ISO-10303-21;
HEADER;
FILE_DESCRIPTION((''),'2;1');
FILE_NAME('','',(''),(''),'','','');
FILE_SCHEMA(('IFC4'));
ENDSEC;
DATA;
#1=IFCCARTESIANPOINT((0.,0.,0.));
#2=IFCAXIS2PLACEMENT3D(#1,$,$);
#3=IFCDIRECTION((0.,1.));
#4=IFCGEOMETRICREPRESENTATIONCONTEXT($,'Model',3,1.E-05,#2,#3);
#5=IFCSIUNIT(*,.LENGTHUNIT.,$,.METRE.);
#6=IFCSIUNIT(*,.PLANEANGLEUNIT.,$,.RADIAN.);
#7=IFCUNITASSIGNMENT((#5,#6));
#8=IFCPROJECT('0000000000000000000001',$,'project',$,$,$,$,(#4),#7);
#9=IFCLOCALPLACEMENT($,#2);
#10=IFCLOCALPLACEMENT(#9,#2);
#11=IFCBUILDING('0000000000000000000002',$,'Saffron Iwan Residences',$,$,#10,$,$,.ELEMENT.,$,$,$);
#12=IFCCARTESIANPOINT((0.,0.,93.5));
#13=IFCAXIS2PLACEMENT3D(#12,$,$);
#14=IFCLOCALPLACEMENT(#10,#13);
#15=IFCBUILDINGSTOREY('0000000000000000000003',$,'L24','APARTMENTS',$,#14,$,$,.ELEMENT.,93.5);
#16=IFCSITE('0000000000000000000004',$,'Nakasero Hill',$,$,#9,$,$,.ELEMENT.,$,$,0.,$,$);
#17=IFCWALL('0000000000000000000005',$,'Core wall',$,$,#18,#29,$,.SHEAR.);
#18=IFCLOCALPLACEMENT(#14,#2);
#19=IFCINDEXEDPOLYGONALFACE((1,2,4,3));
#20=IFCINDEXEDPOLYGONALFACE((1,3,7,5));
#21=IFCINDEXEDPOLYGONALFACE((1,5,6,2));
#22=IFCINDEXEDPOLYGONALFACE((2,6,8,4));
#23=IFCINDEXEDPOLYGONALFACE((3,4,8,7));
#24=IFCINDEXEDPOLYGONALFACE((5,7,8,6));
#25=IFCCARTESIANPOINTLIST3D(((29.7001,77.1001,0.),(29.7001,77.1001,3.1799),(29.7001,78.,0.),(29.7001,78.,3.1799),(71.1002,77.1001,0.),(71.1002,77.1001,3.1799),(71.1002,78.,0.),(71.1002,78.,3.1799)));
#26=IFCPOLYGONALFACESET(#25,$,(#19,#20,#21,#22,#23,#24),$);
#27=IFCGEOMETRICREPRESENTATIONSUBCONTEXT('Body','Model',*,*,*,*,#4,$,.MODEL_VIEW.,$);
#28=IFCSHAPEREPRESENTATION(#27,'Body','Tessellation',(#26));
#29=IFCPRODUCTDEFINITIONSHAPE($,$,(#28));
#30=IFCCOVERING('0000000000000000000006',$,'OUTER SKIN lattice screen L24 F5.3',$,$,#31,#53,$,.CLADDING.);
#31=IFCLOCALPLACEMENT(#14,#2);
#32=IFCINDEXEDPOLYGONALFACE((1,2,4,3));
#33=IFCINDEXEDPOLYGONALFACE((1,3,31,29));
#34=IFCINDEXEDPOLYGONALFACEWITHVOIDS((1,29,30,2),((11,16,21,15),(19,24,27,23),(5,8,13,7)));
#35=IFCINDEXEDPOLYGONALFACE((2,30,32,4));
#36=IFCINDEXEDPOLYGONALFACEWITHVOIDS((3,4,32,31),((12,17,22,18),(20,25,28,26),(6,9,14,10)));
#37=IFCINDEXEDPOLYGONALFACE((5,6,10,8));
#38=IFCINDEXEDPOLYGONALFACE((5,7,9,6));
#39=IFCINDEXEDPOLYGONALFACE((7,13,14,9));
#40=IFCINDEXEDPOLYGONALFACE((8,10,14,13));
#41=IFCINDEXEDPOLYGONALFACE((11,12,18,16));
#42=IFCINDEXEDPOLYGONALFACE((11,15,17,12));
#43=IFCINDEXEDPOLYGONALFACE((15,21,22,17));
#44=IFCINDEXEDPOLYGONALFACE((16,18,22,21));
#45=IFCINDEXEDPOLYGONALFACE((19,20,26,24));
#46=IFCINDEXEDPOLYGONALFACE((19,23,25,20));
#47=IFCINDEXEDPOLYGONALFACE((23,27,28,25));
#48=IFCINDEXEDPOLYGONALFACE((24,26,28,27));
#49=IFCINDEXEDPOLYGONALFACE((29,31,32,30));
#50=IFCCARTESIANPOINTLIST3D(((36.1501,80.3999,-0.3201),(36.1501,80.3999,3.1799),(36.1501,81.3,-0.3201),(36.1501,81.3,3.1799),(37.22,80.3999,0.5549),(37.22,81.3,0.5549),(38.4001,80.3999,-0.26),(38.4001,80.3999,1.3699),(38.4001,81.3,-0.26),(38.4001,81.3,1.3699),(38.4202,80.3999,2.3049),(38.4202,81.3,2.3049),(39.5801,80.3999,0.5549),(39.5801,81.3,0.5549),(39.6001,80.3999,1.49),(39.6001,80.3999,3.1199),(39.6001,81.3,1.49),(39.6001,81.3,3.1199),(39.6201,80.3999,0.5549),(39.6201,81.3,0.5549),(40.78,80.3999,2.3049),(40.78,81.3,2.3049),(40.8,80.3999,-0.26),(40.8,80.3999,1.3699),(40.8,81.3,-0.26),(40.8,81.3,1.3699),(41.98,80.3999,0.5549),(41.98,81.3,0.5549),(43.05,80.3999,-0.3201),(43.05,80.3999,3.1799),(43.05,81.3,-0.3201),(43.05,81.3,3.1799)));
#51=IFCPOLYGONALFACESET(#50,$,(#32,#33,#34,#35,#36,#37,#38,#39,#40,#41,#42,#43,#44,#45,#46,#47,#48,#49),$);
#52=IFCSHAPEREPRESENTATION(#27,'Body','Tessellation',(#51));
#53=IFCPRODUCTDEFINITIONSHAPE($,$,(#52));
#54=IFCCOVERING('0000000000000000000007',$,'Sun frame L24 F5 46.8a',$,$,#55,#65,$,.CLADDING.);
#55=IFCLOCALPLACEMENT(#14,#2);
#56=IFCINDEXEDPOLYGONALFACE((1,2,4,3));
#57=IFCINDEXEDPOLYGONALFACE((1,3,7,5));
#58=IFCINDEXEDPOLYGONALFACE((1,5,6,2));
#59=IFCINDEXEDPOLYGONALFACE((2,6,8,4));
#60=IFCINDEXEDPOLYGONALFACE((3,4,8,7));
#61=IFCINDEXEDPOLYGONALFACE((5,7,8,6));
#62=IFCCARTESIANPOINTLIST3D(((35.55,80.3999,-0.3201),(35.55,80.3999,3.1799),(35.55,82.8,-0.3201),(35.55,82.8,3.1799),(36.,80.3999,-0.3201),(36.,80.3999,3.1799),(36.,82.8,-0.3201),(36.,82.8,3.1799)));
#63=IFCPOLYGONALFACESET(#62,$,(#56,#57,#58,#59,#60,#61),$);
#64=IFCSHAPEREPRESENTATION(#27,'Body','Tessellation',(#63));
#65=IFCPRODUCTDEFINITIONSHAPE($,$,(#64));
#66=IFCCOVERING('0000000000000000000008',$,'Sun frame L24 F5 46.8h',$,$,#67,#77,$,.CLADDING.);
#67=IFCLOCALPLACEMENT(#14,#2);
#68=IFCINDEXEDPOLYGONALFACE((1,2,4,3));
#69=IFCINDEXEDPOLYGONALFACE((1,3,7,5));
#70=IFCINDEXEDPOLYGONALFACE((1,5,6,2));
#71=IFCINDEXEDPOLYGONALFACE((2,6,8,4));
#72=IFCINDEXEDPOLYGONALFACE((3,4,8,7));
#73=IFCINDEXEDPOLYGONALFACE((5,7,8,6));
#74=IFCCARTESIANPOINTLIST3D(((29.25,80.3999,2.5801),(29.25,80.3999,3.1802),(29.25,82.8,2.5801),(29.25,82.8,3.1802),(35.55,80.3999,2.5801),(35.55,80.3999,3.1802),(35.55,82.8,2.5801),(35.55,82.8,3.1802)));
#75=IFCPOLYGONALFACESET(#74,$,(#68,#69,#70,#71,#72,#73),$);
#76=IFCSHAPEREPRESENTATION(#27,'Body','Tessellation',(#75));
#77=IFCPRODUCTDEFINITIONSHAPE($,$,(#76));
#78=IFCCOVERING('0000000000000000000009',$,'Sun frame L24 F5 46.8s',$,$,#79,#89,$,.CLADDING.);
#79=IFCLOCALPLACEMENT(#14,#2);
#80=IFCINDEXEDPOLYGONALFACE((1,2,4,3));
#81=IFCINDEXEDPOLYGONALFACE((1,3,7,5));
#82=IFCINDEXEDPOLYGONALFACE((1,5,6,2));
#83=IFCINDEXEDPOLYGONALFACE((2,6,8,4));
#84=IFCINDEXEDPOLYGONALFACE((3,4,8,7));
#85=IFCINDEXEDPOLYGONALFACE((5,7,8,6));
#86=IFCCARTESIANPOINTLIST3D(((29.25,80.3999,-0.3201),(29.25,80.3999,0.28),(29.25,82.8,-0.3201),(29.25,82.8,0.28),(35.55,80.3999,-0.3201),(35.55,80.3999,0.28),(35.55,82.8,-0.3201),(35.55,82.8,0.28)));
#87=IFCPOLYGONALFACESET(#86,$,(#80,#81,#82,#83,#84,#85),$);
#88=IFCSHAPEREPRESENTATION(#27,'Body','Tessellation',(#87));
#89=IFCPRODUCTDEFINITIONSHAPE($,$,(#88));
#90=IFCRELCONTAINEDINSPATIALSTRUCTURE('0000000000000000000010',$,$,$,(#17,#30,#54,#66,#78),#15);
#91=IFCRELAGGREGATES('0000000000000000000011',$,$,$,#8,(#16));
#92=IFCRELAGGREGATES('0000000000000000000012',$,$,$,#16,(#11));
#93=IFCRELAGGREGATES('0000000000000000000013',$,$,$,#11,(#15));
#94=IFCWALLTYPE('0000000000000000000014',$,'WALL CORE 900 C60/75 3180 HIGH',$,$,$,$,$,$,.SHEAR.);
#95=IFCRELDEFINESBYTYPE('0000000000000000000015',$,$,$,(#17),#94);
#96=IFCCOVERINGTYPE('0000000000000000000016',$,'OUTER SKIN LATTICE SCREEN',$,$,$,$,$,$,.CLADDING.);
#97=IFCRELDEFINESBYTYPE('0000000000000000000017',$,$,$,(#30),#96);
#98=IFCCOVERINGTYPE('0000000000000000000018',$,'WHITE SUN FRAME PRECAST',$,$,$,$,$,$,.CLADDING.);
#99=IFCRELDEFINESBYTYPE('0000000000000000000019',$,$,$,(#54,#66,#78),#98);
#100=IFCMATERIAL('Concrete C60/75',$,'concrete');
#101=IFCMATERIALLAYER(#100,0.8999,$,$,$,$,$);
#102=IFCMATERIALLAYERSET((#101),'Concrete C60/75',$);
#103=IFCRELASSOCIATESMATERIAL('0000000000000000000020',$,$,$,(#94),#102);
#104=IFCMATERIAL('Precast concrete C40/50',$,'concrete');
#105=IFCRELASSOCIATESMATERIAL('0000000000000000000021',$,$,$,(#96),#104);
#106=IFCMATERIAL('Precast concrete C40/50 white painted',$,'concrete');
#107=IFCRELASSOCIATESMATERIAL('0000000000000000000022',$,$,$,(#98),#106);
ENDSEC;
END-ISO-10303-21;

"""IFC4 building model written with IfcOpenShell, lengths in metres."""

from ifc_helpers import new_model, si_unit, direction, frame, frame_2d, origin, place, context, subcontext, project, spatial, polyline, rectangle, outline, extrude, material, layer, layer_set, type_object, element, save


model = new_model("IFC4")

# Units and contexts
model_context = context("Model", 3, precision=1e-05, world=origin(), true_north=direction((0.0, 1.0)))
body_context = subcontext(model_context, "Body", "Model", "MODEL_VIEW")
ifc_project = project(units=[si_unit("LENGTHUNIT", "METRE"), si_unit("PLANEANGLEUNIT", "RADIAN")], contexts=[model_context])

# Site, building, storey
site_placement = place(None, origin())
site = spatial("IfcSite", under=ifc_project, at=site_placement, Name="Nakasero Hill", CompositionType="ELEMENT", RefElevation=0.0)
building_placement = place(site_placement, origin())
building = spatial("IfcBuilding", under=site, at=building_placement, Name="Saffron Iwan Residences", CompositionType="ELEMENT")
storey_placement = place(building_placement, frame((0.0, 0.0, 93.5)))
storey = spatial("IfcBuildingStorey", under=building, at=storey_placement, Name="L24", Description="APARTMENTS", CompositionType="ELEMENT", Elevation=93.5)

# Shared definitions
ifc_material_1 = material(Name="Concrete C60/75", Category="concrete")

# Wall
ifc_layer_1 = layer(ifc_material_1, 0.8999)
ifc_layer_set_1 = layer_set([ifc_layer_1], Name="Concrete C60/75")
wall_type_1 = type_object("IfcWallType", Name="WALL CORE 900 C60/75 3180 HIGH", PredefinedType="SHEAR", material=ifc_layer_set_1)
wall_1_placement = place(storey_placement, frame((29.7, 77.55, 0.0), z_axis=(0.0, 0.0, 1.0), x_axis=(1.0, 0.0, 0.0)))
element("IfcWall", 1, at=wall_1_placement, inside=storey, type_object=wall_type_1, Name="Core wall", PredefinedType="SHEAR", context=body_context, shape_type="SweptSolid", body=[
    extrude(rectangle(XDim=41.4001, YDim=0.8999, at=frame_2d((20.7002, 0.0))), origin(), (0.0, 0.0, 1.0), 3.1799),
])

# Coverings
ifc_material_2 = material(Name="Precast concrete C40/50", Category="concrete")
covering_type_1 = type_object("IfcCoveringType", Name="OUTER SKIN LATTICE SCREEN", PredefinedType="CLADDING", material=ifc_material_2)
covering_1_placement = place(storey_placement, frame((43.05, 80.3999, -0.3201), z_axis=(0.0, 1.0, 0.0), x_axis=(-1.0, 0.0, 0.0)))
element("IfcCovering", 2, at=covering_1_placement, inside=storey, type_object=covering_type_1, Name="OUTER SKIN lattice screen L24 F5.3", PredefinedType="CLADDING", context=body_context, shape_type="SweptSolid", body=[
    extrude(outline(polyline([(0.0, 0.0), (6.8999, 0.0), (6.8999, 3.5), (0.0, 3.5), (0.0, 0.0)]), holes=[polyline([(1.0701, 0.875), (2.25, 0.0601), (3.4299, 0.875), (2.25, 1.6899), (1.0701, 0.875)]), polyline([(3.47, 0.875), (4.6499, 0.0601), (5.8301, 0.875), (4.6499, 1.6899), (3.47, 0.875)]), polyline([(2.27, 2.625), (3.45, 1.8101), (4.6299, 2.625), (3.45, 3.4399), (2.27, 2.625)])]), origin(), (0.0, 0.0, 1.0), 0.9001),
])
ifc_material_3 = material(Name="Precast concrete C40/50 white painted", Category="concrete")
covering_type_2 = type_object("IfcCoveringType", Name="WHITE SUN FRAME PRECAST", PredefinedType="CLADDING", material=ifc_material_3)
covering_2_placement = place(storey_placement, frame((36.0, 80.3999, -0.3201), z_axis=(0.0, 1.0, 0.0), x_axis=(-1.0, 0.0, 0.0)))
element("IfcCovering", 3, at=covering_2_placement, inside=storey, type_object=covering_type_2, Name="Sun frame L24 F5 46.8a", PredefinedType="CLADDING", context=body_context, shape_type="SweptSolid", body=[
    extrude(outline(polyline([(0.0, 0.0), (0.45, 0.0), (0.45, 3.5), (0.0, 3.5), (0.0, 0.0)])), origin(), (0.0, 0.0, 1.0), 2.4001),
])
for number, where, z_axis, x_axis, name in (
    (4, (35.55, 80.3999, 2.5801), (0.0, 1.0, 0.0), (-1.0, 0.0, 0.0), "Sun frame L24 F5 46.8h"),
    (5, (35.55, 80.3999, -0.3201), (0.0, 1.0, 0.0), (-1.0, 0.0, 0.0), "Sun frame L24 F5 46.8s"),
):
    element("IfcCovering", number, at=place(storey_placement, frame(where, z_axis=z_axis, x_axis=x_axis)), inside=storey, type_object=covering_type_2, Name=name, PredefinedType="CLADDING", context=body_context, shape_type="SweptSolid", body=[
        extrude(outline(polyline([(0.0, 0.0), (6.3, 0.0), (6.3, 0.6001), (0.0, 0.6001), (0.0, 0.0)])), origin(), (0.0, 0.0, 1.0), 2.4001),
    ])

save(model, "model.ifc")
